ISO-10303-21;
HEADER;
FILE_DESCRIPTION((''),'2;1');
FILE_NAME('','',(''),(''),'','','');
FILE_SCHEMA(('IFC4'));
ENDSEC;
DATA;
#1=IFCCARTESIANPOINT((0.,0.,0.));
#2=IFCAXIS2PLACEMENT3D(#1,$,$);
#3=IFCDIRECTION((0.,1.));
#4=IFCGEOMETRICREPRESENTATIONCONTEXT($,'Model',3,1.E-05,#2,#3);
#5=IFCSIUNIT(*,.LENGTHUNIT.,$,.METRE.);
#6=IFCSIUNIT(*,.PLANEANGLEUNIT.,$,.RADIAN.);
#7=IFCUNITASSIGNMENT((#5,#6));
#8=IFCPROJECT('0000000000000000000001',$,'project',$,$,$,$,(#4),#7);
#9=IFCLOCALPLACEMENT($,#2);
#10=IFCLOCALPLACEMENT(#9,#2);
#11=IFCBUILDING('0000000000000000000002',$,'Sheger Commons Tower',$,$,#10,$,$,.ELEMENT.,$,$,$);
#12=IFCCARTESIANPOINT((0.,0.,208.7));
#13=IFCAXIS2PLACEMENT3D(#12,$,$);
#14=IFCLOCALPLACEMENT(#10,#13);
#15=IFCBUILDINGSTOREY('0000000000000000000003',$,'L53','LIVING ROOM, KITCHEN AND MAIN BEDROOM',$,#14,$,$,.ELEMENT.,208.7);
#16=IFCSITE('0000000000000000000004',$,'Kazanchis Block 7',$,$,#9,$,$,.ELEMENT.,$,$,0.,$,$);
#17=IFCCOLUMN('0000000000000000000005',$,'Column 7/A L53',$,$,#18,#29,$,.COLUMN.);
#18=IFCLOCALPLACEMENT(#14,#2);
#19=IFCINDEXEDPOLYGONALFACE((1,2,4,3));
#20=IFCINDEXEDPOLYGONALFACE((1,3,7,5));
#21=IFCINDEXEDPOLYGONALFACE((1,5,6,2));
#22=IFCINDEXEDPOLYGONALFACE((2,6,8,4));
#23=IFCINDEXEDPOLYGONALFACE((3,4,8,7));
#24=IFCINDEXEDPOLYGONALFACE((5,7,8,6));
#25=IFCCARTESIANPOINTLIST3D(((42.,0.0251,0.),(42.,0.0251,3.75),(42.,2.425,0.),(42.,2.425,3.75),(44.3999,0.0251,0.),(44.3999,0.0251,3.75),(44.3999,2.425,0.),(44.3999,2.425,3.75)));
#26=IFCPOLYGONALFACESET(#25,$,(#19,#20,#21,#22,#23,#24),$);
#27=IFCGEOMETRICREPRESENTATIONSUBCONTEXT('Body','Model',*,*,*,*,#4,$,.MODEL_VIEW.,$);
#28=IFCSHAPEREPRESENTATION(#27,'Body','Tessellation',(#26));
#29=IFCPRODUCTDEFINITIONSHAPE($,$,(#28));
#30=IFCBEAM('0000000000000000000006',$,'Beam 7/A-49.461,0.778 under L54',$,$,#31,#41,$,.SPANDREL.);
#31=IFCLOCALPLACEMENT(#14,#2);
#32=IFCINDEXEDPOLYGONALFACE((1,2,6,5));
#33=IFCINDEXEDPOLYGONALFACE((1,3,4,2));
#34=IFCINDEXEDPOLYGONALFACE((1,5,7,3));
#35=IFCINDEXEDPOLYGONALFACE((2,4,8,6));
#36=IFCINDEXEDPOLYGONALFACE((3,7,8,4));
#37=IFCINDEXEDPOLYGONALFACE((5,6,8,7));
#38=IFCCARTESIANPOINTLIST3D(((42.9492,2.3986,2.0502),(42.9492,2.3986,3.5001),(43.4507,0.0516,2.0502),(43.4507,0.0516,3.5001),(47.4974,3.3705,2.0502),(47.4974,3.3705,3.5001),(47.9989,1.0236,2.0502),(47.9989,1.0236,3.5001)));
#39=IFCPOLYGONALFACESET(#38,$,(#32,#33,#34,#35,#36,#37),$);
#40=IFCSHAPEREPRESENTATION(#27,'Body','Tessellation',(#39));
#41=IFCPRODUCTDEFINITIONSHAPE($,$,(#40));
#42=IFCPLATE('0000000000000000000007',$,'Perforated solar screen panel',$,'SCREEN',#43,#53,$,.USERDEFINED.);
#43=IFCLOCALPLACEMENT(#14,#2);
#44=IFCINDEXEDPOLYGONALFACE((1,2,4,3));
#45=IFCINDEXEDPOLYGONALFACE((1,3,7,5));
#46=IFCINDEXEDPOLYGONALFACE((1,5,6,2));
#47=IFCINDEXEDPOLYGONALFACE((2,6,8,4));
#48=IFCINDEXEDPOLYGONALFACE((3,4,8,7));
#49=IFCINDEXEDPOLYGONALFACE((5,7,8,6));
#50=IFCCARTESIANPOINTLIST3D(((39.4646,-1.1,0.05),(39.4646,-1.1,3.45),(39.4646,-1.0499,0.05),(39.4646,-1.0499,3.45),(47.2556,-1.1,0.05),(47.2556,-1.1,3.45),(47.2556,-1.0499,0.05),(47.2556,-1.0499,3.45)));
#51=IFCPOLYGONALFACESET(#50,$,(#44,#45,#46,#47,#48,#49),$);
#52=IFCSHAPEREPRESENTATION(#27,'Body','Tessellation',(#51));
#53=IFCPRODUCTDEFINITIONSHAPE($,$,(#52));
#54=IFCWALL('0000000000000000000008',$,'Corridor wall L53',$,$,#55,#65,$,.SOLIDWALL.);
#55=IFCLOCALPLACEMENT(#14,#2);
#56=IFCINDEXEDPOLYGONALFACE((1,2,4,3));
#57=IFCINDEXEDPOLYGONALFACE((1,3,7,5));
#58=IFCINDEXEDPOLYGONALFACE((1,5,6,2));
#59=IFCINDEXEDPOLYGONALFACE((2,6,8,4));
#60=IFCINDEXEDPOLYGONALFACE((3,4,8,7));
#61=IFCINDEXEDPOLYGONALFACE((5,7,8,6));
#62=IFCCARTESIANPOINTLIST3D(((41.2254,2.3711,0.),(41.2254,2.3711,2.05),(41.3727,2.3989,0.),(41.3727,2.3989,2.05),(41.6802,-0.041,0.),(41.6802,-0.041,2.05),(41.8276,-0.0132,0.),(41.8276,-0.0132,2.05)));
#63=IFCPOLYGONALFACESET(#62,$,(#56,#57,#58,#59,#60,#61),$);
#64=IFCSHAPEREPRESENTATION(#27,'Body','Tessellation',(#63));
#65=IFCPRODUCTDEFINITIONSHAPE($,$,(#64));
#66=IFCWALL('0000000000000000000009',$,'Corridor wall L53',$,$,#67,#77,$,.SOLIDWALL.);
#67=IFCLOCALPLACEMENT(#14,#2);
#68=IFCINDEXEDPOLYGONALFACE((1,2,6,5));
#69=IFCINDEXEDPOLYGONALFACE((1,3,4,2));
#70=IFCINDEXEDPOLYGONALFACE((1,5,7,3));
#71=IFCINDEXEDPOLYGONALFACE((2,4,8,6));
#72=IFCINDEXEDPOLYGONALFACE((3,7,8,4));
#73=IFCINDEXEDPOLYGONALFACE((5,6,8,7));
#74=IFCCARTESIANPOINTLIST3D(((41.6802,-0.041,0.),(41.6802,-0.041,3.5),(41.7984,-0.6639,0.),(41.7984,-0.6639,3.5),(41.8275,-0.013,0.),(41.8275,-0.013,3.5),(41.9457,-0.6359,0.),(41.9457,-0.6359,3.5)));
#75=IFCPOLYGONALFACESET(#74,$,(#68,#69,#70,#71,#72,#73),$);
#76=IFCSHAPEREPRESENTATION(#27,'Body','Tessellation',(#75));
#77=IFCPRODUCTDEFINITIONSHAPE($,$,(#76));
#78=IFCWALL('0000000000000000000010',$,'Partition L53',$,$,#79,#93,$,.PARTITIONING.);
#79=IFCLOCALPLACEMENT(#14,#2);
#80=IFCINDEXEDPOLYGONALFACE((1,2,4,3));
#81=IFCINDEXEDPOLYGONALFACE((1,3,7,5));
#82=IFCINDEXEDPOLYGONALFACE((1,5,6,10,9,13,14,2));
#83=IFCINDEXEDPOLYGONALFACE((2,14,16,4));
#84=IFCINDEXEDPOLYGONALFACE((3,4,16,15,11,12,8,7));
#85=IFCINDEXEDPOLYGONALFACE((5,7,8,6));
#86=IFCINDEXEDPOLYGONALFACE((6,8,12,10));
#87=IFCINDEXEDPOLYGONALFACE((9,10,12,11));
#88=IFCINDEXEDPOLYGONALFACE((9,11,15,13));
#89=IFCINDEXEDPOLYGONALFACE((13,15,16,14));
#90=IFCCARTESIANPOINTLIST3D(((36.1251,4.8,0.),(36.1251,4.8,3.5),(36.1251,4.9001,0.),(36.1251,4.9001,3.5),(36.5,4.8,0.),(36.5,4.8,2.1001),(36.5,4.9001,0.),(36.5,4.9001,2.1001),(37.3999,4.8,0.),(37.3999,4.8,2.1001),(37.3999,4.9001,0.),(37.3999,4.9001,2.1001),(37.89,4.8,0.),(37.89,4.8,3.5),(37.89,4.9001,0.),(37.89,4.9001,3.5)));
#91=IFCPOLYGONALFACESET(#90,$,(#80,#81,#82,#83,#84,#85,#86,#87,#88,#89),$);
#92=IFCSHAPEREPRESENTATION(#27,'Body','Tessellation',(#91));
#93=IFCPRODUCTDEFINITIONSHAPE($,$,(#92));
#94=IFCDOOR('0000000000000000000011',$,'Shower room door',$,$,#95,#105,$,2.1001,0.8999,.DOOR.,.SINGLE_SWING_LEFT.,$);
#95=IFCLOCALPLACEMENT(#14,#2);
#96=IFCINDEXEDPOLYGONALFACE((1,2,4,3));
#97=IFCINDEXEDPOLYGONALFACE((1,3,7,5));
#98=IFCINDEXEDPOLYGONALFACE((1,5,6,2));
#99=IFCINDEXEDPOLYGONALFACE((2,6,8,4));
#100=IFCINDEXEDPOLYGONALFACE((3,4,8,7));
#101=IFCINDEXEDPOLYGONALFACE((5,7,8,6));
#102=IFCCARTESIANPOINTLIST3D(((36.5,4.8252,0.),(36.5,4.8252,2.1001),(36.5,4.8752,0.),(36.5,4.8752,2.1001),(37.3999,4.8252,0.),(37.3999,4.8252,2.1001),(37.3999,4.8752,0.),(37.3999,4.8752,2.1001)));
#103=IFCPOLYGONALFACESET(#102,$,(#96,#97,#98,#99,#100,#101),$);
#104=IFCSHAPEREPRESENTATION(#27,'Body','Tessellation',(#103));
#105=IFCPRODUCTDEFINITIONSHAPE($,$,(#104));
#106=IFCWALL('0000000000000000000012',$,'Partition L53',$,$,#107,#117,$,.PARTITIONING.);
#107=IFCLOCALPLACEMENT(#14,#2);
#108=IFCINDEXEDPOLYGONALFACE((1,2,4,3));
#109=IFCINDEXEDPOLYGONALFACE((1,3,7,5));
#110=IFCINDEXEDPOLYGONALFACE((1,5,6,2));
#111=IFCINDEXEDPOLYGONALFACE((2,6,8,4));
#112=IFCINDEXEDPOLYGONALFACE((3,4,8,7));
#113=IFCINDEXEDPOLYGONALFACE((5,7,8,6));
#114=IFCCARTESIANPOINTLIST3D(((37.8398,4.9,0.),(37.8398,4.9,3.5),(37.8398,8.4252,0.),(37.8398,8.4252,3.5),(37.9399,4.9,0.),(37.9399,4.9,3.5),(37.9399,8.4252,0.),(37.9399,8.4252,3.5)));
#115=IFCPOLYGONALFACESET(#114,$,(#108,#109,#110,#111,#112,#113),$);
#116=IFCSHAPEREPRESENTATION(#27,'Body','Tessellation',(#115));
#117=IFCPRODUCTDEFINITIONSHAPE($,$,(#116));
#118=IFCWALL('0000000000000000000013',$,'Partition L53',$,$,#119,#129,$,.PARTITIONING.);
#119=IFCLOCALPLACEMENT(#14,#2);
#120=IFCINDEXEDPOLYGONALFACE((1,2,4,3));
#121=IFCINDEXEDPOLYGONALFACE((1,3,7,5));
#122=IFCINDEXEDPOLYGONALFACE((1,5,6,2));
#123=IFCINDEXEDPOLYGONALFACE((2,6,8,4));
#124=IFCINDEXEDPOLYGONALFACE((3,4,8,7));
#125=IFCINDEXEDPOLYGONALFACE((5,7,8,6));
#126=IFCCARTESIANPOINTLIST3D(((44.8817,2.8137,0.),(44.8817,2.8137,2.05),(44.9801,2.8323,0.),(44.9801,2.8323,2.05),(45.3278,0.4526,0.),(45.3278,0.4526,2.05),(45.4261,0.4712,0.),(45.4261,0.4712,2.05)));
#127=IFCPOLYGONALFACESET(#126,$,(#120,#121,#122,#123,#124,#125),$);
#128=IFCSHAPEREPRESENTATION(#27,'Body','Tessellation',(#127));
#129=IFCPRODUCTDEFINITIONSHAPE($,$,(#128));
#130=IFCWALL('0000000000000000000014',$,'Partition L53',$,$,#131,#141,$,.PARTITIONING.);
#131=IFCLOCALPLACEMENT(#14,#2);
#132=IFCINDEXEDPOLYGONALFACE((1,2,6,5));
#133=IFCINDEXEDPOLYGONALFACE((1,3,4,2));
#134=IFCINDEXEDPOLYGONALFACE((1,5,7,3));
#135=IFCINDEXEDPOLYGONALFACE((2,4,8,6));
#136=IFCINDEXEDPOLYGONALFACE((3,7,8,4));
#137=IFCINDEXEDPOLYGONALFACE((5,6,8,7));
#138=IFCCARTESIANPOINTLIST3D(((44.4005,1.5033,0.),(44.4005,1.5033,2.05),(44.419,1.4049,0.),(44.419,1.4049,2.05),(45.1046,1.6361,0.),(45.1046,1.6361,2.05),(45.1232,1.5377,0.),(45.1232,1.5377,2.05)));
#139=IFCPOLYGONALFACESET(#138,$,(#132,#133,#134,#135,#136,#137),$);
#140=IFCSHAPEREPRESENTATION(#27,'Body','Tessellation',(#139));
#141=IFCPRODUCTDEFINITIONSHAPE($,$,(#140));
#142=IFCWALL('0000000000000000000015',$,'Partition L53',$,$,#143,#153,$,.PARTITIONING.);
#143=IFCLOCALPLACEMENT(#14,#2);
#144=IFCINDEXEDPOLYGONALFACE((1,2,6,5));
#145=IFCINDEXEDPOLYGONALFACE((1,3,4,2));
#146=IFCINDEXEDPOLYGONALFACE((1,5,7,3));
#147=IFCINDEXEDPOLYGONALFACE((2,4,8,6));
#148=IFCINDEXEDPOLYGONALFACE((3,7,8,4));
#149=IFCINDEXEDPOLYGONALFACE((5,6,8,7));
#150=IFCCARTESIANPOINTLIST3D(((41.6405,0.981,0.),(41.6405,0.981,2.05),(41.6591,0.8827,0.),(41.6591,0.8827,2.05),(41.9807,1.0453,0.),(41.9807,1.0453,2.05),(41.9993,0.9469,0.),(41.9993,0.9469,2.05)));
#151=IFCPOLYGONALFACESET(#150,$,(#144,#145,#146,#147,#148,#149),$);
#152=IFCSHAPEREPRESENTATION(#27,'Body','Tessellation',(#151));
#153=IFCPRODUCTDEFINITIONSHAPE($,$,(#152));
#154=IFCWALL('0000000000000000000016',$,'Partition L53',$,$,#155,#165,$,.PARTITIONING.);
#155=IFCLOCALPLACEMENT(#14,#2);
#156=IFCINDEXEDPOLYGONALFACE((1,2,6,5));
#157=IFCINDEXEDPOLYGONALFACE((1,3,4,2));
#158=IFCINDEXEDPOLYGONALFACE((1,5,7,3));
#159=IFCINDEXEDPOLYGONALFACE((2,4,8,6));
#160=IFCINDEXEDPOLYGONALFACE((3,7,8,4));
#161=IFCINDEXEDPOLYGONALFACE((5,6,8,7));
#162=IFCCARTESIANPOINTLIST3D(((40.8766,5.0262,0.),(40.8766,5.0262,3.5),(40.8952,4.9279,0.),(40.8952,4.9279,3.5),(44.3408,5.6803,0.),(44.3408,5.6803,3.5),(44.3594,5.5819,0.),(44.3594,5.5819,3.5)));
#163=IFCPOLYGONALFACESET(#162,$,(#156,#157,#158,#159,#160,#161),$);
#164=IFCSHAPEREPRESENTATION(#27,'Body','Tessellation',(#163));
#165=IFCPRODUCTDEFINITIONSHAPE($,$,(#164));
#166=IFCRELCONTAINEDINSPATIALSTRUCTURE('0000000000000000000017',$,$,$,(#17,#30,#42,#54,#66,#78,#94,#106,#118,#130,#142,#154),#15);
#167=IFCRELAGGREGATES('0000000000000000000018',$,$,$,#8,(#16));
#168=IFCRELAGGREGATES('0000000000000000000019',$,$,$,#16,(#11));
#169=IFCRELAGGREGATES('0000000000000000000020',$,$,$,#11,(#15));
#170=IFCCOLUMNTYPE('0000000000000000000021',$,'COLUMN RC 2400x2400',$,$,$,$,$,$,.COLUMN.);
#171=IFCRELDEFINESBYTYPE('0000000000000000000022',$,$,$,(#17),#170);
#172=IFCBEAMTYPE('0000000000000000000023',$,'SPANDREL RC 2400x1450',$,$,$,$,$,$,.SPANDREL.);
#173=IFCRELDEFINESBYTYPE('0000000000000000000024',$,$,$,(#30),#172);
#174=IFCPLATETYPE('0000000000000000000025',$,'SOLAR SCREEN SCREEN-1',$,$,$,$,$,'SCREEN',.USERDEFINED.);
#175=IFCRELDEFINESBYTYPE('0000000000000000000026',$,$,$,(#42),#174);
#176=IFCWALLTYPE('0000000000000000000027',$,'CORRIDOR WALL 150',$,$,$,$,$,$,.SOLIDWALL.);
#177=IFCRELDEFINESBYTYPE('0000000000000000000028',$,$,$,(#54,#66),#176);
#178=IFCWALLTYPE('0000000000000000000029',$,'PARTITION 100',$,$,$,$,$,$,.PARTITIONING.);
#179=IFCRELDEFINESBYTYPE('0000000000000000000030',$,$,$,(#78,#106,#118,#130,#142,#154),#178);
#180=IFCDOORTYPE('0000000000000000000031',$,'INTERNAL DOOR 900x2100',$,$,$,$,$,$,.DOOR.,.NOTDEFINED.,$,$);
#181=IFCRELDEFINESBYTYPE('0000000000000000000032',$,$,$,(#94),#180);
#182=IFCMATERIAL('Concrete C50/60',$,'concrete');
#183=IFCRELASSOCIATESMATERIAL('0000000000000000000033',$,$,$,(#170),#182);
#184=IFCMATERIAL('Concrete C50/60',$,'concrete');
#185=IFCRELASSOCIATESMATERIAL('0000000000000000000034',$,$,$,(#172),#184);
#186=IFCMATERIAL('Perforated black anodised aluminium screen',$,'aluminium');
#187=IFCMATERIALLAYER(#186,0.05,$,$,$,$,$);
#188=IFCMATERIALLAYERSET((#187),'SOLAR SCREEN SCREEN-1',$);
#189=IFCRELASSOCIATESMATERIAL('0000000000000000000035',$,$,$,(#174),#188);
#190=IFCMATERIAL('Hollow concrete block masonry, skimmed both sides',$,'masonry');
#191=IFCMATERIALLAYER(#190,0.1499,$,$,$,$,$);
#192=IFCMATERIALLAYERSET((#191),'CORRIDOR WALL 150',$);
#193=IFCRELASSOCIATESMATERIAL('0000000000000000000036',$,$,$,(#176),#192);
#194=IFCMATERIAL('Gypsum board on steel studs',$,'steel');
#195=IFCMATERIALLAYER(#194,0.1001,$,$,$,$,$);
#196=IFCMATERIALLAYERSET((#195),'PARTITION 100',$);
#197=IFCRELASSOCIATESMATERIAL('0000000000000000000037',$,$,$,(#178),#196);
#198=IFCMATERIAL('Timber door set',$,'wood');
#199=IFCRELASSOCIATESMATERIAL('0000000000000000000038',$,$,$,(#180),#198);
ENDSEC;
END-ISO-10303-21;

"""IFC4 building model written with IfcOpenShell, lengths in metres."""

from ifc_helpers import new_model, si_unit, direction, frame, frame_2d, origin, origin_2d, place, context, subcontext, project, spatial, rectangle, extrude, material, layer, layer_set, material_profile, profile_set, type_object, element, fill, save


model = new_model("IFC4")

# Units and contexts
model_context = context("Model", 3, precision=1e-05, world=origin(), true_north=direction((0.0, 1.0)))
body_context = subcontext(model_context, "Body", "Model", "MODEL_VIEW")
ifc_project = project(units=[si_unit("LENGTHUNIT", "METRE"), si_unit("PLANEANGLEUNIT", "RADIAN")], contexts=[model_context])

# Site, building, storey
site_placement = place(None, origin())
site = spatial("IfcSite", under=ifc_project, at=site_placement, Name="Kazanchis Block 7", CompositionType="ELEMENT", RefElevation=0.0)
building_placement = place(site_placement, origin())
building = spatial("IfcBuilding", under=site, at=building_placement, Name="Sheger Commons Tower", CompositionType="ELEMENT")
storey_placement = place(building_placement, frame((0.0, 0.0, 208.7)))
storey = spatial("IfcBuildingStorey", under=building, at=storey_placement, Name="L53", Description="LIVING ROOM, KITCHEN AND MAIN BEDROOM", CompositionType="ELEMENT", Elevation=208.7)

# Column
ifc_material_1 = material(Name="Concrete C50/60", Category="concrete")
ifc_material_profile_1 = material_profile(ifc_material_1, rectangle(XDim=2.3999, YDim=2.3999, at=origin_2d()), Name="RC 2400x2400")
ifc_profile_set_1 = profile_set([ifc_material_profile_1], Name="Concrete C50/60")
column_type = type_object("IfcColumnType", Name="COLUMN RC 2400x2400", PredefinedType="COLUMN", material=ifc_profile_set_1)
column_placement = place(storey_placement, frame((43.2, 1.2251, 0.0), z_axis=(0.0, 0.0, 1.0), x_axis=(1.0, 0.0, 0.0)))
element("IfcColumn", 1, at=column_placement, inside=storey, type_object=column_type, Name="Column 7/A L53", PredefinedType="COLUMN", context=body_context, shape_type="SweptSolid", body=[
    extrude(rectangle(XDim=2.3999, YDim=2.3999, at=origin_2d()), origin(), (0.0, 0.0, 1.0), 3.75),
])

# Beam
ifc_material_2 = material(Name="Concrete C50/60", Category="concrete")
ifc_material_profile_2 = material_profile(ifc_material_2, rectangle(XDim=2.3999, YDim=1.45, at=origin_2d()), Name="RC 2400x1450")
ifc_profile_set_2 = profile_set([ifc_material_profile_2], Name="Concrete C50/60")
beam_type = type_object("IfcBeamType", Name="SPANDREL RC 2400x1450", PredefinedType="SPANDREL", material=ifc_profile_set_2)
beam_placement = place(storey_placement, frame((43.2, 1.2251, 2.7751), z_axis=(0.97792, 0.208981, 0.0), x_axis=(-0.208981, 0.97792, 0.0)))
element("IfcBeam", 2, at=beam_placement, inside=storey, type_object=beam_type, Name="Beam 7/A-49.461,0.778 under L54", PredefinedType="SPANDREL", context=body_context, shape_type="SweptSolid", body=[
    extrude(rectangle(XDim=2.3999, YDim=1.45, at=origin_2d()), origin(), (0.0, 0.0, 1.0), 4.6509),
])

# Plate
ifc_material_3 = material(Name="Perforated black anodised aluminium screen", Category="aluminium")
ifc_layer_1 = layer(ifc_material_3, 0.05)
ifc_layer_set_1 = layer_set([ifc_layer_1], Name="SOLAR SCREEN SCREEN-1")
plate_type = type_object("IfcPlateType", Name="SOLAR SCREEN SCREEN-1", ElementType="SCREEN", PredefinedType="USERDEFINED", material=ifc_layer_set_1)
plate_placement = place(storey_placement, frame((43.3601, -1.075, 0.05), z_axis=(0.0, 0.0, 1.0), x_axis=(1.0, 0.0, 0.0)))
element("IfcPlate", 3, at=plate_placement, inside=storey, type_object=plate_type, Name="Perforated solar screen panel", ObjectType="SCREEN", PredefinedType="USERDEFINED", context=body_context, shape_type="SweptSolid", body=[
    extrude(rectangle(XDim=7.791, YDim=0.05, at=origin_2d()), origin(), (0.0, 0.0, 1.0), 3.3999),
])

# Walls
ifc_material_4 = material(Name="Hollow concrete block masonry, skimmed both sides", Category="masonry")
ifc_layer_2 = layer(ifc_material_4, 0.1499)
ifc_layer_set_2 = layer_set([ifc_layer_2], Name="CORRIDOR WALL 150")
wall_type_1 = type_object("IfcWallType", Name="CORRIDOR WALL 150", PredefinedType="SOLIDWALL", material=ifc_layer_set_2)
wall_1_placement = place(storey_placement, frame((41.2991, 2.385, 0.0), z_axis=(0.0, 0.0, 1.0), x_axis=(0.185297, -0.982683, 0.0)))
element("IfcWall", 4, at=wall_1_placement, inside=storey, type_object=wall_type_1, Name="Corridor wall L53", PredefinedType="SOLIDWALL", context=body_context, shape_type="SweptSolid", body=[
    extrude(rectangle(XDim=2.4546, YDim=0.1499, at=frame_2d((1.2273, 0.0))), origin(), (0.0, 0.0, 1.0), 2.05),
])
wall_2_placement = place(storey_placement, frame((41.7539, -0.0271, 0.0), z_axis=(0.0, 0.0, 1.0), x_axis=(0.186404, -0.982473, 0.0)))
element("IfcWall", 5, at=wall_2_placement, inside=storey, type_object=wall_type_1, Name="Corridor wall L53", PredefinedType="SOLIDWALL", context=body_context, shape_type="SweptSolid", body=[
    extrude(rectangle(XDim=0.634, YDim=0.1499, at=frame_2d((0.3169, 0.0))), origin(), (0.0, 0.0, 1.0), 3.5),
])

# Wall, opening, door
ifc_material_5 = material(Name="Gypsum board on steel studs", Category="steel")
ifc_layer_3 = layer(ifc_material_5, 0.1001)
ifc_layer_set_3 = layer_set([ifc_layer_3], Name="PARTITION 100")
wall_type_2 = type_object("IfcWallType", Name="PARTITION 100", PredefinedType="PARTITIONING", material=ifc_layer_set_3)
wall_3_placement = place(storey_placement, frame((37.8899, 4.8501, 0.0), z_axis=(0.0, 0.0, 1.0), x_axis=(-1.0, 0.0, 0.0)))
wall_3 = element("IfcWall", 6, at=wall_3_placement, inside=storey, type_object=wall_type_2, Name="Partition L53", PredefinedType="PARTITIONING", context=body_context, shape_type="SweptSolid", body=[
    extrude(rectangle(XDim=1.7649, YDim=0.1001, at=frame_2d((0.8823, 0.0))), origin(), (0.0, 0.0, 1.0), 3.5),
])
opening_1_placement = place(wall_3_placement, frame((0.49, 0.0, 0.0)))
opening_1 = element("IfcOpeningElement", 7, at=opening_1_placement, cuts=wall_3, PredefinedType="OPENING", context=body_context, shape_type="SweptSolid", body=[
    extrude(rectangle(XDim=0.8999, YDim=2.1001, at=frame_2d((0.45, 1.05))), frame((0.0, 0.0601, 0.0), z_axis=(0.0, -1.0, 0.0), x_axis=(1.0, 0.0, 0.0)), (0.0, 0.0, 1.0), 0.1201),
])
ifc_material_6 = material(Name="Timber door set", Category="wood")
door_type = type_object("IfcDoorType", Name="INTERNAL DOOR 900x2100", OperationType="NOTDEFINED", PredefinedType="DOOR", material=ifc_material_6)
door_1_placement = place(opening_1_placement, origin())
door_1 = element("IfcDoor", 8, at=door_1_placement, inside=storey, type_object=door_type, Name="Shower room door", OperationType="SINGLE_SWING_LEFT", OverallHeight=2.1001, OverallWidth=0.8999, PredefinedType="DOOR", context=body_context, shape_type="SweptSolid", body=[
    extrude(rectangle(XDim=0.8999, YDim=2.1001, at=frame_2d((0.45, 1.05))), frame((0.0, 0.0249, 0.0), z_axis=(0.0, -1.0, 0.0), x_axis=(1.0, 0.0, 0.0)), (0.0, 0.0, 1.0), 0.05),
])
fill(opening_1, door_1)

# Walls
wall_4_placement = place(storey_placement, frame((37.8899, 4.8999, 0.0), z_axis=(0.0, 0.0, 1.0), x_axis=(0.0, 1.0, 0.0)))
element("IfcWall", 9, at=wall_4_placement, inside=storey, type_object=wall_type_2, Name="Partition L53", PredefinedType="PARTITIONING", context=body_context, shape_type="SweptSolid", body=[
    extrude(rectangle(XDim=3.5251, YDim=0.1001, at=frame_2d((1.7627, 0.0))), origin(), (0.0, 0.0, 1.0), 3.5),
])
wall_5_placement = place(storey_placement, frame((44.9309, 2.823, 0.0), z_axis=(0.0, 0.0, 1.0), x_axis=(0.185632, -0.982619, 0.0)))
element("IfcWall", 10, at=wall_5_placement, inside=storey, type_object=wall_type_2, Name="Partition L53", PredefinedType="PARTITIONING", context=body_context, shape_type="SweptSolid", body=[
    extrude(rectangle(XDim=2.4028, YDim=0.1001, at=frame_2d((1.2014, 0.0))), origin(), (0.0, 0.0, 1.0), 2.05),
])
wall_6_placement = place(storey_placement, frame((45.114, 1.5869, 0.0), z_axis=(0.0, 0.0, 1.0), x_axis=(-0.982671, -0.185358, 0.0)))
element("IfcWall", 11, at=wall_6_placement, inside=storey, type_object=wall_type_2, Name="Partition L53", PredefinedType="PARTITIONING", context=body_context, shape_type="SweptSolid", body=[
    extrude(rectangle(XDim=0.7166, YDim=0.1001, at=frame_2d((0.3584, 0.0))), origin(), (0.0, 0.0, 1.0), 2.05),
])
wall_7_placement = place(storey_placement, frame((41.99, 0.9961, 0.0), z_axis=(0.0, 0.0, 1.0), x_axis=(-0.98264, -0.185524, 0.0)))
element("IfcWall", 12, at=wall_7_placement, inside=storey, type_object=wall_type_2, Name="Partition L53", PredefinedType="PARTITIONING", context=body_context, shape_type="SweptSolid", body=[
    extrude(rectangle(XDim=0.3462, YDim=0.1001, at=frame_2d((0.1731, 0.0))), origin(), (0.0, 0.0, 1.0), 2.05),
])
wall_8_placement = place(storey_placement, frame((44.3501, 5.6311, 0.0), z_axis=(0.0, 0.0, 1.0), x_axis=(-0.982639, -0.18553, 0.0)))
element("IfcWall", 13, at=wall_8_placement, inside=storey, type_object=wall_type_2, Name="Partition L53", PredefinedType="PARTITIONING", context=body_context, shape_type="SweptSolid", body=[
    extrude(rectangle(XDim=3.5254, YDim=0.1001, at=frame_2d((1.7627, 0.0))), origin(), (0.0, 0.0, 1.0), 3.5),
])

save(model, "model.ifc")
